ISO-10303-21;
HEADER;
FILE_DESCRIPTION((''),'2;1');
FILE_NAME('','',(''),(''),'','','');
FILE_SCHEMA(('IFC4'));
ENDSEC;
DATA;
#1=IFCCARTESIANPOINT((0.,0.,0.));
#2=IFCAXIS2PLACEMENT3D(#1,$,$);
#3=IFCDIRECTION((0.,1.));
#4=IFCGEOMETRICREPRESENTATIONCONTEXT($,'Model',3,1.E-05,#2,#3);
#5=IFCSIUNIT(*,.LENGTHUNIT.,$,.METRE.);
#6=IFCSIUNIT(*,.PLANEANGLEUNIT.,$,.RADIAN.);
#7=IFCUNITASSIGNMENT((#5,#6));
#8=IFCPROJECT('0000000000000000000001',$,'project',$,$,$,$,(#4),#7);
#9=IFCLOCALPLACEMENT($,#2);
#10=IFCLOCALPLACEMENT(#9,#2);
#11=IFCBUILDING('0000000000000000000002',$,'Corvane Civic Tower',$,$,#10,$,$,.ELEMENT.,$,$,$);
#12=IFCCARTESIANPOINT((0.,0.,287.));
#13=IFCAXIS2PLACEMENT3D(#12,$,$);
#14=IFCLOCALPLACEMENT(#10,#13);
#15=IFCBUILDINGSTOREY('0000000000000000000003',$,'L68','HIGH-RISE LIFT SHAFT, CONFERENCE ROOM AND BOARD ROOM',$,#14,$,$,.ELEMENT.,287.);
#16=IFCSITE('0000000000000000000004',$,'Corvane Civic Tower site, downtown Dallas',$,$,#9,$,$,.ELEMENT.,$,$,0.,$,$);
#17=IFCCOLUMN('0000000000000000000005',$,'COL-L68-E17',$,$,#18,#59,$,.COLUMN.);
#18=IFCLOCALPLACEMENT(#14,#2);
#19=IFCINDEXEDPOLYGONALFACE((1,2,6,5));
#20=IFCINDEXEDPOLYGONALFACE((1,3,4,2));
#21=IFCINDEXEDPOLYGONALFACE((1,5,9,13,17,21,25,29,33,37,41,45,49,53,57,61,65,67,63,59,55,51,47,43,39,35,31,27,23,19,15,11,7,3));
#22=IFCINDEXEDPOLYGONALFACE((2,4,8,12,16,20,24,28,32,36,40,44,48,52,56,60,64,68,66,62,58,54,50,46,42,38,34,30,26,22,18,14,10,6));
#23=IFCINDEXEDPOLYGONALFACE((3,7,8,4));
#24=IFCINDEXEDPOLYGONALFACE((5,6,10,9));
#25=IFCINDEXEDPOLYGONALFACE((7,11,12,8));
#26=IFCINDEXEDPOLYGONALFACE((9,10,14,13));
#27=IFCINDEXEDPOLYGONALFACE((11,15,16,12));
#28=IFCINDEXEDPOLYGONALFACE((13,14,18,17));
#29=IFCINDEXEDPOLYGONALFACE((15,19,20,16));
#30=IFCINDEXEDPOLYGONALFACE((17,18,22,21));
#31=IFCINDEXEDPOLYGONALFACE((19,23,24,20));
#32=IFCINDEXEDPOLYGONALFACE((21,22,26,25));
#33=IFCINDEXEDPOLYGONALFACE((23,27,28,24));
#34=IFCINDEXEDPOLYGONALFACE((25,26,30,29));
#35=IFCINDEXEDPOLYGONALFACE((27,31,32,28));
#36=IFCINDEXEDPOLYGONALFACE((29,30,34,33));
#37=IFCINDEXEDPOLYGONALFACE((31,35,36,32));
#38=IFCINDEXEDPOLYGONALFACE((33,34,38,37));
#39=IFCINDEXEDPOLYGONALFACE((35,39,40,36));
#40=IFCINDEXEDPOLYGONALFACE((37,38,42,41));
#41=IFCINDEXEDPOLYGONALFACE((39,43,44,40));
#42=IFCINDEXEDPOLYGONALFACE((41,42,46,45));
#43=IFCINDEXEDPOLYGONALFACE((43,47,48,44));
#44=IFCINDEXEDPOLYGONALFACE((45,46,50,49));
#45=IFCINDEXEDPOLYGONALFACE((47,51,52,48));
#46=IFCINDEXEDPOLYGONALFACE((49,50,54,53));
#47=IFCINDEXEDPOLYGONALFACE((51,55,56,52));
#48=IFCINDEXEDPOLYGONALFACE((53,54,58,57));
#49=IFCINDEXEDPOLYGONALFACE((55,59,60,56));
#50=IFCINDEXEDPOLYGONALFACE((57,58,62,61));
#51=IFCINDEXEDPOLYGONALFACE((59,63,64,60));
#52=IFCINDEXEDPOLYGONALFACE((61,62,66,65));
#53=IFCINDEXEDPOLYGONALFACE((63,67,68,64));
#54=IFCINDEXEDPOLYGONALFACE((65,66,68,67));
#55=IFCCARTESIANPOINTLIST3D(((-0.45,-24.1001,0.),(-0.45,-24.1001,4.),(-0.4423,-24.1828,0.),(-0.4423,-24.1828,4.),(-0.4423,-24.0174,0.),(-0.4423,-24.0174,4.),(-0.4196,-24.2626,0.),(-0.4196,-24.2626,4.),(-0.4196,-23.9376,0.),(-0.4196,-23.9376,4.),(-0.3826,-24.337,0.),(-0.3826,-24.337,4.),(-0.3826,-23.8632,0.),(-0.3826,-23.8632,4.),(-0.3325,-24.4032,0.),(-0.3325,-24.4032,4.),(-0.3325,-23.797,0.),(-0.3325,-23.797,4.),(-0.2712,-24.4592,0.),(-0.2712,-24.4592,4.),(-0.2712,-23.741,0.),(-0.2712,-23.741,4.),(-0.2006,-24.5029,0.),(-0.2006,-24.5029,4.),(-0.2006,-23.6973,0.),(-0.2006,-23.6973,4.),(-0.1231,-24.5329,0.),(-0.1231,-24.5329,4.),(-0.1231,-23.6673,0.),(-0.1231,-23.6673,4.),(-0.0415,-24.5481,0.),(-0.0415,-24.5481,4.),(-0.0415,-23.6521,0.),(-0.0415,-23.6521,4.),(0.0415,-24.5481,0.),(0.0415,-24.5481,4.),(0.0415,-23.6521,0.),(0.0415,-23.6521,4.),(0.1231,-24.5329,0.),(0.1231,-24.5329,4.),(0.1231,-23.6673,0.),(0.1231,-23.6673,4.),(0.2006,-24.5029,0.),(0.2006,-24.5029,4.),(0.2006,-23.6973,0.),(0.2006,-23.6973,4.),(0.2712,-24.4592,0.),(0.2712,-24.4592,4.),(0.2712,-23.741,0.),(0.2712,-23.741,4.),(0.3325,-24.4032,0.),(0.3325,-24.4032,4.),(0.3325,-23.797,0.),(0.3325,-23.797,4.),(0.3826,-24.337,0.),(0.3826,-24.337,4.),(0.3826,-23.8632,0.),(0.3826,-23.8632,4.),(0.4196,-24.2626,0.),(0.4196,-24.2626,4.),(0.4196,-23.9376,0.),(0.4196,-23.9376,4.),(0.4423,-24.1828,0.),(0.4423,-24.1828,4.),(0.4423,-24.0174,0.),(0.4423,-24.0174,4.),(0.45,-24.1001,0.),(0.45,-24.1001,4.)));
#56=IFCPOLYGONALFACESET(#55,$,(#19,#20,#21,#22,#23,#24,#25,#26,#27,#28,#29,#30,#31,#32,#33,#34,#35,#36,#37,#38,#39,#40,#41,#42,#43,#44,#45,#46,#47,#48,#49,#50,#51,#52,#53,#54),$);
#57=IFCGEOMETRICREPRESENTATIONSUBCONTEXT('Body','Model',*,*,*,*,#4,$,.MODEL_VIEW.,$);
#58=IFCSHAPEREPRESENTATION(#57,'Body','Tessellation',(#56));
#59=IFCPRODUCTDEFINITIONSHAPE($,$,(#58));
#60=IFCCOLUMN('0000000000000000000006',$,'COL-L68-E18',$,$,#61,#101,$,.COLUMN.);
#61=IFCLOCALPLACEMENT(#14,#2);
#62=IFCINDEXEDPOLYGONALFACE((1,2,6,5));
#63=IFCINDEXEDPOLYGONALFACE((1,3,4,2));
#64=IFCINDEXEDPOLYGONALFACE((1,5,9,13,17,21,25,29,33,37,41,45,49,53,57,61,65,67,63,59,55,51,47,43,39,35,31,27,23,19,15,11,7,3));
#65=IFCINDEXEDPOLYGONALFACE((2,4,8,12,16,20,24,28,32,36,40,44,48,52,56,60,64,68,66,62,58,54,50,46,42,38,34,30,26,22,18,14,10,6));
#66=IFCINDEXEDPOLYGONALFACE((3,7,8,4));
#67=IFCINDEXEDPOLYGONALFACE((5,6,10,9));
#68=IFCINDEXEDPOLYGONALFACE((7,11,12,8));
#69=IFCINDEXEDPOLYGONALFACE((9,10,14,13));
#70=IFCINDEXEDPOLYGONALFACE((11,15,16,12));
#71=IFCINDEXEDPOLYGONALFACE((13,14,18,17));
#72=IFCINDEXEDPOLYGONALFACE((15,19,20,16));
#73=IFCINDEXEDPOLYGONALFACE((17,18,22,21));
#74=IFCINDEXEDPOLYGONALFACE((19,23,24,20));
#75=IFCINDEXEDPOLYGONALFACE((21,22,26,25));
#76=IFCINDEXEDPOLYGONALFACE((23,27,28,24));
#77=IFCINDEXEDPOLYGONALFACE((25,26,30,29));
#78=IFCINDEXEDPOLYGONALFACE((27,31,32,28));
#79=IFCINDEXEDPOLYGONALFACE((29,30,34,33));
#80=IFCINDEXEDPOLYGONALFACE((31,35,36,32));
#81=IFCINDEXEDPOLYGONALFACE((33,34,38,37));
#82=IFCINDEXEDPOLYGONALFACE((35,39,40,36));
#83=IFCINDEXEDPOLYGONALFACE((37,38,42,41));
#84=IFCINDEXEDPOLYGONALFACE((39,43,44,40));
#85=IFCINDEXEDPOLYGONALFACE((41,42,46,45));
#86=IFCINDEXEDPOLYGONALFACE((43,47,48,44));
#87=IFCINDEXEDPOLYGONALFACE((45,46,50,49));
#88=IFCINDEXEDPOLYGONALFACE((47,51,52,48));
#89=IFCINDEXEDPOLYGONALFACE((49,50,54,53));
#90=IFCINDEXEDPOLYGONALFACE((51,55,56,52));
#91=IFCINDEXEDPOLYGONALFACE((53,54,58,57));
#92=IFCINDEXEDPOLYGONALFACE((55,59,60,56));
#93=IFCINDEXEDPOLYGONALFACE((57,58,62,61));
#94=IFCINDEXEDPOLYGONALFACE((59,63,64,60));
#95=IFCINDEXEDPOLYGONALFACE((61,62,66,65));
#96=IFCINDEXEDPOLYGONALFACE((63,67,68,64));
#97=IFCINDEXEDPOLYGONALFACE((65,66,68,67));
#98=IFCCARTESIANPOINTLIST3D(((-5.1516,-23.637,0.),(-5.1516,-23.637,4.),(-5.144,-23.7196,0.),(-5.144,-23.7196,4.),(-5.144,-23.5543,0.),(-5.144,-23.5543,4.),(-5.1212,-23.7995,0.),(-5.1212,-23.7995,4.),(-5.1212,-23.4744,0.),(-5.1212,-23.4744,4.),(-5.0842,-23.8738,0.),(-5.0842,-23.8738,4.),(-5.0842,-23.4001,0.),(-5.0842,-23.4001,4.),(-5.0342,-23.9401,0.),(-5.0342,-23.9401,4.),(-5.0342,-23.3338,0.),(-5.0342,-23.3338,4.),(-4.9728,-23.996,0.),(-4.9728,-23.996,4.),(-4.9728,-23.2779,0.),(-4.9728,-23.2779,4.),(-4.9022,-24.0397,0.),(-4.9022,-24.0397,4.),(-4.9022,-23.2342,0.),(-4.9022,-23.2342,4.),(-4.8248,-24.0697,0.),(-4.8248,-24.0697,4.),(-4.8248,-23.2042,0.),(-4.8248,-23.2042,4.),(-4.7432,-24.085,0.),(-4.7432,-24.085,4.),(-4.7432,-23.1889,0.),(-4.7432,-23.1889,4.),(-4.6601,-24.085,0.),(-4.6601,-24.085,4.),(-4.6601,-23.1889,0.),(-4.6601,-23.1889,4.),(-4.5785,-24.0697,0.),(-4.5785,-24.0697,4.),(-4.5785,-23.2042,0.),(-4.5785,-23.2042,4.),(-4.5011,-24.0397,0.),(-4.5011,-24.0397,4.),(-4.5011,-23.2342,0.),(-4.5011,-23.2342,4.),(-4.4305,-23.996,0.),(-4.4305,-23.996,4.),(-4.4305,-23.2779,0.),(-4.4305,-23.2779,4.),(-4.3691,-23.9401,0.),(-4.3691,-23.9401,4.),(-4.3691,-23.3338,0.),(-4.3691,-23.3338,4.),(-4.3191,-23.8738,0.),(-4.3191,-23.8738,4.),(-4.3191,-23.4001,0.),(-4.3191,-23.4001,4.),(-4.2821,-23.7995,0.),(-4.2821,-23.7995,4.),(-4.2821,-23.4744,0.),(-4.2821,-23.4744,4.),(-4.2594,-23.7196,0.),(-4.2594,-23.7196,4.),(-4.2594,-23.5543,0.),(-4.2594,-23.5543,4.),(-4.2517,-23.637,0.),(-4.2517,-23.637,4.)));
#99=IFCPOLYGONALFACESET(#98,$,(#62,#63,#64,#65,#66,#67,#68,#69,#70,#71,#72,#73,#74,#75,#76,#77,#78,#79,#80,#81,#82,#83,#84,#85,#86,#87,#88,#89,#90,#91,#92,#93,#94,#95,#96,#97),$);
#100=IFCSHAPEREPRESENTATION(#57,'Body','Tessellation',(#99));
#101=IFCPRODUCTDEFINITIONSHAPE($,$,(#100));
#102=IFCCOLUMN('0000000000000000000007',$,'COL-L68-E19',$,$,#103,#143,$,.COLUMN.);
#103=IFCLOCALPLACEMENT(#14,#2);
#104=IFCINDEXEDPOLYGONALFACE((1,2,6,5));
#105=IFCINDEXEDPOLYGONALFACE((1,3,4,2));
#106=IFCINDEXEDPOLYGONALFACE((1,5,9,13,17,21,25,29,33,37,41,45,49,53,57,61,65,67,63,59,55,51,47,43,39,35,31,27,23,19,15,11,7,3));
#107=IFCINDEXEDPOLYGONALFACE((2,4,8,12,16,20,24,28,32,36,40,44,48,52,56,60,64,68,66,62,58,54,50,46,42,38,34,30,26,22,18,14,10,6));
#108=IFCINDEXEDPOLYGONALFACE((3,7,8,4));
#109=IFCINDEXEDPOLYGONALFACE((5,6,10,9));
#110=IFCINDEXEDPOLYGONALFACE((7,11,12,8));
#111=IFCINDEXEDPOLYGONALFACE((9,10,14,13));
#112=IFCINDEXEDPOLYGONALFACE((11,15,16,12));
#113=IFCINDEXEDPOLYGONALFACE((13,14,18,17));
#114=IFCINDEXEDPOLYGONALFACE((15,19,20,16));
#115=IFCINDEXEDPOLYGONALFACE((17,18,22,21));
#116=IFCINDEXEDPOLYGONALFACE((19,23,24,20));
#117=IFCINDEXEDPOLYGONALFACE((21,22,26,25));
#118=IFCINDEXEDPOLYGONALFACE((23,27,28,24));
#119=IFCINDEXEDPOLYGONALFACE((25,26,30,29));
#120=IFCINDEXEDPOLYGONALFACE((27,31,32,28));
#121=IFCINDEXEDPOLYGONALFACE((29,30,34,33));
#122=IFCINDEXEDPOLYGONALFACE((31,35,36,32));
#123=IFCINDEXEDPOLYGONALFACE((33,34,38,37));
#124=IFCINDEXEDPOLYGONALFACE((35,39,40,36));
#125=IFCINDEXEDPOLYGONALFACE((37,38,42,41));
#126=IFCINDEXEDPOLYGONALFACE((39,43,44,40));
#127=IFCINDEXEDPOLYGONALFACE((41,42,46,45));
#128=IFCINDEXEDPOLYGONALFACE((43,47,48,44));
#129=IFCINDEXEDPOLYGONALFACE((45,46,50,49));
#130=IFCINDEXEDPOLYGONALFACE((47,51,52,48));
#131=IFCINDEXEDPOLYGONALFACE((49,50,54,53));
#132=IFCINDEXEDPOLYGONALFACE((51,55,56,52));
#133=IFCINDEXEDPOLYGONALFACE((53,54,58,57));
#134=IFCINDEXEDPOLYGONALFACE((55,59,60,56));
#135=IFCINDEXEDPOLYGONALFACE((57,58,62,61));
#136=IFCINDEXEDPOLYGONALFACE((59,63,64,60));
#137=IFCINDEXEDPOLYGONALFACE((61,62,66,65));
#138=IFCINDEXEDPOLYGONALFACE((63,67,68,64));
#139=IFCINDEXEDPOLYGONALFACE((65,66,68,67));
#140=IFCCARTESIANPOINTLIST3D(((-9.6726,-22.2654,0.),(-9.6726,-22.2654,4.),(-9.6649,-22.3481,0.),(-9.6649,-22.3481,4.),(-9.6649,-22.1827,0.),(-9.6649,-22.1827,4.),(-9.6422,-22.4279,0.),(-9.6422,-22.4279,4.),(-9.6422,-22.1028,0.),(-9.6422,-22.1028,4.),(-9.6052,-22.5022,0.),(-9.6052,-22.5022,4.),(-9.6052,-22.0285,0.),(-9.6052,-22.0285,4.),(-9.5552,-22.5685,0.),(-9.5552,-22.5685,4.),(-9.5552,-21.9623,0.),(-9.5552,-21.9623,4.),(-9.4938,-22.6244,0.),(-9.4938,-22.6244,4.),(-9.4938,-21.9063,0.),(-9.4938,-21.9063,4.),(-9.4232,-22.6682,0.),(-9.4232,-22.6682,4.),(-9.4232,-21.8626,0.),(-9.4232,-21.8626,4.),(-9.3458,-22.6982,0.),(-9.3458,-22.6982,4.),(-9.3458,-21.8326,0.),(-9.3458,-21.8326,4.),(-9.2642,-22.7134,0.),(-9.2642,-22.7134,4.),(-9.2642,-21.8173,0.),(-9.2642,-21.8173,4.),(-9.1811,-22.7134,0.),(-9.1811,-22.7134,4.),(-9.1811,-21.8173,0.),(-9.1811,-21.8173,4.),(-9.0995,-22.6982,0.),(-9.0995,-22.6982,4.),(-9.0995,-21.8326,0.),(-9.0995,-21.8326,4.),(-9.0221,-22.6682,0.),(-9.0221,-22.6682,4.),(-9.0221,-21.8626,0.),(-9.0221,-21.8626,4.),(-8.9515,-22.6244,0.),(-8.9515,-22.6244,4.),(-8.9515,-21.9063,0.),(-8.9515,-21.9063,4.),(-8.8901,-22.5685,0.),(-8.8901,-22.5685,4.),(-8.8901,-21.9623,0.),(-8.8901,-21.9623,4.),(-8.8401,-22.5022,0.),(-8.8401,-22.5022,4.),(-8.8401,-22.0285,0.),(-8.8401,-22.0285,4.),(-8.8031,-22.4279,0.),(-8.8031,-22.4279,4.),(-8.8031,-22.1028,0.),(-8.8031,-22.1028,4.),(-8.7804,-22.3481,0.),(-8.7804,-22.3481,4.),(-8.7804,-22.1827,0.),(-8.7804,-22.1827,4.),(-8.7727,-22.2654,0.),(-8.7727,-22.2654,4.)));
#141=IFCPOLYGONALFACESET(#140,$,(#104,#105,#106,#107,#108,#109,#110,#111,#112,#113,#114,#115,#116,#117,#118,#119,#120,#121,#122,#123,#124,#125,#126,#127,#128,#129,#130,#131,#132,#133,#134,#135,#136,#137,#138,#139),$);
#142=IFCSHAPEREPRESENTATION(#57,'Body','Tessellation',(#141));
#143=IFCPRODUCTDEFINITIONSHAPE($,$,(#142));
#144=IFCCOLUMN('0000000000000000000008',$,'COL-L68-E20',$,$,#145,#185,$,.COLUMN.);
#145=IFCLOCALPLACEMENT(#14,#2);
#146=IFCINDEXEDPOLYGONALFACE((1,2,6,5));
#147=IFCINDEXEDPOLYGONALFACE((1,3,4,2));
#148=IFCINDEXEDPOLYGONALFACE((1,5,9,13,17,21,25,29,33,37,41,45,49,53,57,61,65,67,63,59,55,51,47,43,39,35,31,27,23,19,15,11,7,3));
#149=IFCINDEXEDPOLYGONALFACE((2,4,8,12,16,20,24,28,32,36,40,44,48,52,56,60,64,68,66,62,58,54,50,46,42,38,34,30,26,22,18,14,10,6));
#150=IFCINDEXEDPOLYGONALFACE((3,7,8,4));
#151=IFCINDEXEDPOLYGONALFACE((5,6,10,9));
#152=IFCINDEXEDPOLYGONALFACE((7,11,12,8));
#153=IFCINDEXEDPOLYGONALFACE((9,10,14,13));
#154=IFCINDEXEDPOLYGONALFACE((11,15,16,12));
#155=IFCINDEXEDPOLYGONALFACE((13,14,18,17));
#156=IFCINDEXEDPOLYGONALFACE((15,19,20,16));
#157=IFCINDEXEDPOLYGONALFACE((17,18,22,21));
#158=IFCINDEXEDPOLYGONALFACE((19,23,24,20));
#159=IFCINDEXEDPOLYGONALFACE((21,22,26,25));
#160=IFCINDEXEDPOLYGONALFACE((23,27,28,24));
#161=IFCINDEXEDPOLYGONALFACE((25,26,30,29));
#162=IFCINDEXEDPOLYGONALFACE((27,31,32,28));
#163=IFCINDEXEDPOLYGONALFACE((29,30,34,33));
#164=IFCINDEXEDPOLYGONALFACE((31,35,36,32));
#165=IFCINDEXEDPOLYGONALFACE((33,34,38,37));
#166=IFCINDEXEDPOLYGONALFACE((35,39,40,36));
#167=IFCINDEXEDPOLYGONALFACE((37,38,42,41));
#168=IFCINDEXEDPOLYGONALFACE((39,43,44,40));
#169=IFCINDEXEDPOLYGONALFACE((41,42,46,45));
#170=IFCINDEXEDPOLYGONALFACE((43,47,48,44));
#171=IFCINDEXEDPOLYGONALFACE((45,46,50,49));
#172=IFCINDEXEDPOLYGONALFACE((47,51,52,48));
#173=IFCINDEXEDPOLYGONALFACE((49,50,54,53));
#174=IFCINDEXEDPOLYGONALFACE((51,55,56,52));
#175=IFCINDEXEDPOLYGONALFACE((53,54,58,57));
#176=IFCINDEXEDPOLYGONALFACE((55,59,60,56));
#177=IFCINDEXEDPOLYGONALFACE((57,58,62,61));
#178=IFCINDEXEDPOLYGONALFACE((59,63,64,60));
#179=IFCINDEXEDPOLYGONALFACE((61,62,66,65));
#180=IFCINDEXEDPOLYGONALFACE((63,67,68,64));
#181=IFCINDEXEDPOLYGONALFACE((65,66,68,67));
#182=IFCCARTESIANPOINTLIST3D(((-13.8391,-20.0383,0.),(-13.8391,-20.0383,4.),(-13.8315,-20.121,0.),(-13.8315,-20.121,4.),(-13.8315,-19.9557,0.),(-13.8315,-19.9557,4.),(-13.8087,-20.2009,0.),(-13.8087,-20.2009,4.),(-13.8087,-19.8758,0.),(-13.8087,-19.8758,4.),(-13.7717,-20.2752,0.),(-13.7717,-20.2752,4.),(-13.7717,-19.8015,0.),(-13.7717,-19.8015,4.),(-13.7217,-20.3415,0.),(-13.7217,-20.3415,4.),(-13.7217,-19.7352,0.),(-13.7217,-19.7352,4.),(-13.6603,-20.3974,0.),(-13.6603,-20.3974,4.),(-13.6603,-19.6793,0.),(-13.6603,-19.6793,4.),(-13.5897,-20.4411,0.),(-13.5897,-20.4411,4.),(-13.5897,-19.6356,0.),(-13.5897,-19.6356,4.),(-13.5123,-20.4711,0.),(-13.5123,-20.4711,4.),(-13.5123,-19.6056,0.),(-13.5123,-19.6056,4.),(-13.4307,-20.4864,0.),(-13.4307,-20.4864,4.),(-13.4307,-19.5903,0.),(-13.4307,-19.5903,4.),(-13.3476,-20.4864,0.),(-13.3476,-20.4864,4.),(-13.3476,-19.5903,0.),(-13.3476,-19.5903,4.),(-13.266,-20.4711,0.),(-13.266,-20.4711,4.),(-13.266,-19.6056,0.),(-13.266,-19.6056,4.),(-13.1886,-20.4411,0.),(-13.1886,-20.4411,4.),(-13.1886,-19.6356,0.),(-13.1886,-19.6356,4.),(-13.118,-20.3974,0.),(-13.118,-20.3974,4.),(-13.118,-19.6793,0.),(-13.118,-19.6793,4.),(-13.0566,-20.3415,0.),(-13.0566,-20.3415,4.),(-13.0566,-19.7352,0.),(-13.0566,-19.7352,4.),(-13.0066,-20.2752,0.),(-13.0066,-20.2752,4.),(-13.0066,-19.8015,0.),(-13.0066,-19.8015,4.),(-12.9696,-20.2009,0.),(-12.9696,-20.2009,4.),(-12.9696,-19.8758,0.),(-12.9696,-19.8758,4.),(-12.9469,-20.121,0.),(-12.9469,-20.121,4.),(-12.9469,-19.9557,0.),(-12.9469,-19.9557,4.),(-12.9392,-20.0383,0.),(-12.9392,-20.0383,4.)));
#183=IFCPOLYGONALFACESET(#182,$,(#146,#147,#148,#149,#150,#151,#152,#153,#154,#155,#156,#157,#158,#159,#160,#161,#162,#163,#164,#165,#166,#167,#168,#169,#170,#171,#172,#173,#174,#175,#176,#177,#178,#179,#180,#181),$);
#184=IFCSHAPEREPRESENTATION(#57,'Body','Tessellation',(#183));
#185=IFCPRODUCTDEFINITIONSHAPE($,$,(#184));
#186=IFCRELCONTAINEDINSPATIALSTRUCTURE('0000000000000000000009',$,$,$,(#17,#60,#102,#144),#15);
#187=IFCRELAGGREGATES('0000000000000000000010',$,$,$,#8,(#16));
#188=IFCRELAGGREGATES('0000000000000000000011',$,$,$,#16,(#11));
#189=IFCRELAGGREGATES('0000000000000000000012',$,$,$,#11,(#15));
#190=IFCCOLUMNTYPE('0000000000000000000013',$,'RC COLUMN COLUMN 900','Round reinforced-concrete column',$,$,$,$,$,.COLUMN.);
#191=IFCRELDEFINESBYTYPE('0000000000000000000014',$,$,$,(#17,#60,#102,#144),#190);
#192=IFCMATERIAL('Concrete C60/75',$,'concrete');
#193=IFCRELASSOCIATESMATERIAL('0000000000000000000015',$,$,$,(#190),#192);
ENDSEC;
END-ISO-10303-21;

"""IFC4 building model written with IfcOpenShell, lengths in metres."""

from ifc_helpers import new_model, si_unit, direction, frame, origin, origin_2d, place, context, subcontext, project, spatial, circle, extrude, material, material_profile, profile_set, type_object, element, save


model = new_model("IFC4")

# Units and contexts
model_context = context("Model", 3, precision=1e-05, world=origin(), true_north=direction((0.0, 1.0)))
body_context = subcontext(model_context, "Body", "Model", "MODEL_VIEW")
ifc_project = project(units=[si_unit("LENGTHUNIT", "METRE"), si_unit("PLANEANGLEUNIT", "RADIAN")], contexts=[model_context])

# Site, building, storey
site_placement = place(None, origin())
site = spatial("IfcSite", under=ifc_project, at=site_placement, Name="Corvane Civic Tower site, downtown Dallas", CompositionType="ELEMENT", RefElevation=0.0)
building_placement = place(site_placement, origin())
building = spatial("IfcBuilding", under=site, at=building_placement, Name="Corvane Civic Tower", CompositionType="ELEMENT")
storey_placement = place(building_placement, frame((0.0, 0.0, 287.0)))
storey = spatial("IfcBuildingStorey", under=building, at=storey_placement, Name="L68", Description="HIGH-RISE LIFT SHAFT, CONFERENCE ROOM AND BOARD ROOM", CompositionType="ELEMENT", Elevation=287.0)

# Columns
ifc_material_1 = material(Name="Concrete C60/75", Category="concrete")
ifc_material_profile_1 = material_profile(ifc_material_1, circle(Radius=0.45, at=origin_2d()), Name="COLUMN 900")
ifc_profile_set_1 = profile_set([ifc_material_profile_1], Name="Concrete C60/75")
column_type = type_object("IfcColumnType", Name="RC COLUMN COLUMN 900", Description="Round reinforced-concrete column", PredefinedType="COLUMN", material=ifc_profile_set_1)
for number, where, z_axis, x_axis, name in (
    (1, (0.0, -24.1001, 0.0), (0.0, 0.0, 1.0), (1.0, 0.0, 0.0), "COL-L68-E17"),
    (2, (-4.7017, -23.637, 0.0), (0.0, 0.0, 1.0), (1.0, 0.0, 0.0), "COL-L68-E18"),
    (3, (-9.2227, -22.2654, 0.0), (0.0, 0.0, 1.0), (1.0, 0.0, 0.0), "COL-L68-E19"),
    (4, (-13.3892, -20.0383, 0.0), (0.0, 0.0, 1.0), (1.0, 0.0, 0.0), "COL-L68-E20"),
):
    element("IfcColumn", number, at=place(storey_placement, frame(where, z_axis=z_axis, x_axis=x_axis)), inside=storey, type_object=column_type, Name=name, PredefinedType="COLUMN", context=body_context, shape_type="SweptSolid", body=[
        extrude(circle(Radius=0.45, at=origin_2d()), origin(), (0.0, 0.0, 1.0), 4.0),
    ])

save(model, "model.ifc")
